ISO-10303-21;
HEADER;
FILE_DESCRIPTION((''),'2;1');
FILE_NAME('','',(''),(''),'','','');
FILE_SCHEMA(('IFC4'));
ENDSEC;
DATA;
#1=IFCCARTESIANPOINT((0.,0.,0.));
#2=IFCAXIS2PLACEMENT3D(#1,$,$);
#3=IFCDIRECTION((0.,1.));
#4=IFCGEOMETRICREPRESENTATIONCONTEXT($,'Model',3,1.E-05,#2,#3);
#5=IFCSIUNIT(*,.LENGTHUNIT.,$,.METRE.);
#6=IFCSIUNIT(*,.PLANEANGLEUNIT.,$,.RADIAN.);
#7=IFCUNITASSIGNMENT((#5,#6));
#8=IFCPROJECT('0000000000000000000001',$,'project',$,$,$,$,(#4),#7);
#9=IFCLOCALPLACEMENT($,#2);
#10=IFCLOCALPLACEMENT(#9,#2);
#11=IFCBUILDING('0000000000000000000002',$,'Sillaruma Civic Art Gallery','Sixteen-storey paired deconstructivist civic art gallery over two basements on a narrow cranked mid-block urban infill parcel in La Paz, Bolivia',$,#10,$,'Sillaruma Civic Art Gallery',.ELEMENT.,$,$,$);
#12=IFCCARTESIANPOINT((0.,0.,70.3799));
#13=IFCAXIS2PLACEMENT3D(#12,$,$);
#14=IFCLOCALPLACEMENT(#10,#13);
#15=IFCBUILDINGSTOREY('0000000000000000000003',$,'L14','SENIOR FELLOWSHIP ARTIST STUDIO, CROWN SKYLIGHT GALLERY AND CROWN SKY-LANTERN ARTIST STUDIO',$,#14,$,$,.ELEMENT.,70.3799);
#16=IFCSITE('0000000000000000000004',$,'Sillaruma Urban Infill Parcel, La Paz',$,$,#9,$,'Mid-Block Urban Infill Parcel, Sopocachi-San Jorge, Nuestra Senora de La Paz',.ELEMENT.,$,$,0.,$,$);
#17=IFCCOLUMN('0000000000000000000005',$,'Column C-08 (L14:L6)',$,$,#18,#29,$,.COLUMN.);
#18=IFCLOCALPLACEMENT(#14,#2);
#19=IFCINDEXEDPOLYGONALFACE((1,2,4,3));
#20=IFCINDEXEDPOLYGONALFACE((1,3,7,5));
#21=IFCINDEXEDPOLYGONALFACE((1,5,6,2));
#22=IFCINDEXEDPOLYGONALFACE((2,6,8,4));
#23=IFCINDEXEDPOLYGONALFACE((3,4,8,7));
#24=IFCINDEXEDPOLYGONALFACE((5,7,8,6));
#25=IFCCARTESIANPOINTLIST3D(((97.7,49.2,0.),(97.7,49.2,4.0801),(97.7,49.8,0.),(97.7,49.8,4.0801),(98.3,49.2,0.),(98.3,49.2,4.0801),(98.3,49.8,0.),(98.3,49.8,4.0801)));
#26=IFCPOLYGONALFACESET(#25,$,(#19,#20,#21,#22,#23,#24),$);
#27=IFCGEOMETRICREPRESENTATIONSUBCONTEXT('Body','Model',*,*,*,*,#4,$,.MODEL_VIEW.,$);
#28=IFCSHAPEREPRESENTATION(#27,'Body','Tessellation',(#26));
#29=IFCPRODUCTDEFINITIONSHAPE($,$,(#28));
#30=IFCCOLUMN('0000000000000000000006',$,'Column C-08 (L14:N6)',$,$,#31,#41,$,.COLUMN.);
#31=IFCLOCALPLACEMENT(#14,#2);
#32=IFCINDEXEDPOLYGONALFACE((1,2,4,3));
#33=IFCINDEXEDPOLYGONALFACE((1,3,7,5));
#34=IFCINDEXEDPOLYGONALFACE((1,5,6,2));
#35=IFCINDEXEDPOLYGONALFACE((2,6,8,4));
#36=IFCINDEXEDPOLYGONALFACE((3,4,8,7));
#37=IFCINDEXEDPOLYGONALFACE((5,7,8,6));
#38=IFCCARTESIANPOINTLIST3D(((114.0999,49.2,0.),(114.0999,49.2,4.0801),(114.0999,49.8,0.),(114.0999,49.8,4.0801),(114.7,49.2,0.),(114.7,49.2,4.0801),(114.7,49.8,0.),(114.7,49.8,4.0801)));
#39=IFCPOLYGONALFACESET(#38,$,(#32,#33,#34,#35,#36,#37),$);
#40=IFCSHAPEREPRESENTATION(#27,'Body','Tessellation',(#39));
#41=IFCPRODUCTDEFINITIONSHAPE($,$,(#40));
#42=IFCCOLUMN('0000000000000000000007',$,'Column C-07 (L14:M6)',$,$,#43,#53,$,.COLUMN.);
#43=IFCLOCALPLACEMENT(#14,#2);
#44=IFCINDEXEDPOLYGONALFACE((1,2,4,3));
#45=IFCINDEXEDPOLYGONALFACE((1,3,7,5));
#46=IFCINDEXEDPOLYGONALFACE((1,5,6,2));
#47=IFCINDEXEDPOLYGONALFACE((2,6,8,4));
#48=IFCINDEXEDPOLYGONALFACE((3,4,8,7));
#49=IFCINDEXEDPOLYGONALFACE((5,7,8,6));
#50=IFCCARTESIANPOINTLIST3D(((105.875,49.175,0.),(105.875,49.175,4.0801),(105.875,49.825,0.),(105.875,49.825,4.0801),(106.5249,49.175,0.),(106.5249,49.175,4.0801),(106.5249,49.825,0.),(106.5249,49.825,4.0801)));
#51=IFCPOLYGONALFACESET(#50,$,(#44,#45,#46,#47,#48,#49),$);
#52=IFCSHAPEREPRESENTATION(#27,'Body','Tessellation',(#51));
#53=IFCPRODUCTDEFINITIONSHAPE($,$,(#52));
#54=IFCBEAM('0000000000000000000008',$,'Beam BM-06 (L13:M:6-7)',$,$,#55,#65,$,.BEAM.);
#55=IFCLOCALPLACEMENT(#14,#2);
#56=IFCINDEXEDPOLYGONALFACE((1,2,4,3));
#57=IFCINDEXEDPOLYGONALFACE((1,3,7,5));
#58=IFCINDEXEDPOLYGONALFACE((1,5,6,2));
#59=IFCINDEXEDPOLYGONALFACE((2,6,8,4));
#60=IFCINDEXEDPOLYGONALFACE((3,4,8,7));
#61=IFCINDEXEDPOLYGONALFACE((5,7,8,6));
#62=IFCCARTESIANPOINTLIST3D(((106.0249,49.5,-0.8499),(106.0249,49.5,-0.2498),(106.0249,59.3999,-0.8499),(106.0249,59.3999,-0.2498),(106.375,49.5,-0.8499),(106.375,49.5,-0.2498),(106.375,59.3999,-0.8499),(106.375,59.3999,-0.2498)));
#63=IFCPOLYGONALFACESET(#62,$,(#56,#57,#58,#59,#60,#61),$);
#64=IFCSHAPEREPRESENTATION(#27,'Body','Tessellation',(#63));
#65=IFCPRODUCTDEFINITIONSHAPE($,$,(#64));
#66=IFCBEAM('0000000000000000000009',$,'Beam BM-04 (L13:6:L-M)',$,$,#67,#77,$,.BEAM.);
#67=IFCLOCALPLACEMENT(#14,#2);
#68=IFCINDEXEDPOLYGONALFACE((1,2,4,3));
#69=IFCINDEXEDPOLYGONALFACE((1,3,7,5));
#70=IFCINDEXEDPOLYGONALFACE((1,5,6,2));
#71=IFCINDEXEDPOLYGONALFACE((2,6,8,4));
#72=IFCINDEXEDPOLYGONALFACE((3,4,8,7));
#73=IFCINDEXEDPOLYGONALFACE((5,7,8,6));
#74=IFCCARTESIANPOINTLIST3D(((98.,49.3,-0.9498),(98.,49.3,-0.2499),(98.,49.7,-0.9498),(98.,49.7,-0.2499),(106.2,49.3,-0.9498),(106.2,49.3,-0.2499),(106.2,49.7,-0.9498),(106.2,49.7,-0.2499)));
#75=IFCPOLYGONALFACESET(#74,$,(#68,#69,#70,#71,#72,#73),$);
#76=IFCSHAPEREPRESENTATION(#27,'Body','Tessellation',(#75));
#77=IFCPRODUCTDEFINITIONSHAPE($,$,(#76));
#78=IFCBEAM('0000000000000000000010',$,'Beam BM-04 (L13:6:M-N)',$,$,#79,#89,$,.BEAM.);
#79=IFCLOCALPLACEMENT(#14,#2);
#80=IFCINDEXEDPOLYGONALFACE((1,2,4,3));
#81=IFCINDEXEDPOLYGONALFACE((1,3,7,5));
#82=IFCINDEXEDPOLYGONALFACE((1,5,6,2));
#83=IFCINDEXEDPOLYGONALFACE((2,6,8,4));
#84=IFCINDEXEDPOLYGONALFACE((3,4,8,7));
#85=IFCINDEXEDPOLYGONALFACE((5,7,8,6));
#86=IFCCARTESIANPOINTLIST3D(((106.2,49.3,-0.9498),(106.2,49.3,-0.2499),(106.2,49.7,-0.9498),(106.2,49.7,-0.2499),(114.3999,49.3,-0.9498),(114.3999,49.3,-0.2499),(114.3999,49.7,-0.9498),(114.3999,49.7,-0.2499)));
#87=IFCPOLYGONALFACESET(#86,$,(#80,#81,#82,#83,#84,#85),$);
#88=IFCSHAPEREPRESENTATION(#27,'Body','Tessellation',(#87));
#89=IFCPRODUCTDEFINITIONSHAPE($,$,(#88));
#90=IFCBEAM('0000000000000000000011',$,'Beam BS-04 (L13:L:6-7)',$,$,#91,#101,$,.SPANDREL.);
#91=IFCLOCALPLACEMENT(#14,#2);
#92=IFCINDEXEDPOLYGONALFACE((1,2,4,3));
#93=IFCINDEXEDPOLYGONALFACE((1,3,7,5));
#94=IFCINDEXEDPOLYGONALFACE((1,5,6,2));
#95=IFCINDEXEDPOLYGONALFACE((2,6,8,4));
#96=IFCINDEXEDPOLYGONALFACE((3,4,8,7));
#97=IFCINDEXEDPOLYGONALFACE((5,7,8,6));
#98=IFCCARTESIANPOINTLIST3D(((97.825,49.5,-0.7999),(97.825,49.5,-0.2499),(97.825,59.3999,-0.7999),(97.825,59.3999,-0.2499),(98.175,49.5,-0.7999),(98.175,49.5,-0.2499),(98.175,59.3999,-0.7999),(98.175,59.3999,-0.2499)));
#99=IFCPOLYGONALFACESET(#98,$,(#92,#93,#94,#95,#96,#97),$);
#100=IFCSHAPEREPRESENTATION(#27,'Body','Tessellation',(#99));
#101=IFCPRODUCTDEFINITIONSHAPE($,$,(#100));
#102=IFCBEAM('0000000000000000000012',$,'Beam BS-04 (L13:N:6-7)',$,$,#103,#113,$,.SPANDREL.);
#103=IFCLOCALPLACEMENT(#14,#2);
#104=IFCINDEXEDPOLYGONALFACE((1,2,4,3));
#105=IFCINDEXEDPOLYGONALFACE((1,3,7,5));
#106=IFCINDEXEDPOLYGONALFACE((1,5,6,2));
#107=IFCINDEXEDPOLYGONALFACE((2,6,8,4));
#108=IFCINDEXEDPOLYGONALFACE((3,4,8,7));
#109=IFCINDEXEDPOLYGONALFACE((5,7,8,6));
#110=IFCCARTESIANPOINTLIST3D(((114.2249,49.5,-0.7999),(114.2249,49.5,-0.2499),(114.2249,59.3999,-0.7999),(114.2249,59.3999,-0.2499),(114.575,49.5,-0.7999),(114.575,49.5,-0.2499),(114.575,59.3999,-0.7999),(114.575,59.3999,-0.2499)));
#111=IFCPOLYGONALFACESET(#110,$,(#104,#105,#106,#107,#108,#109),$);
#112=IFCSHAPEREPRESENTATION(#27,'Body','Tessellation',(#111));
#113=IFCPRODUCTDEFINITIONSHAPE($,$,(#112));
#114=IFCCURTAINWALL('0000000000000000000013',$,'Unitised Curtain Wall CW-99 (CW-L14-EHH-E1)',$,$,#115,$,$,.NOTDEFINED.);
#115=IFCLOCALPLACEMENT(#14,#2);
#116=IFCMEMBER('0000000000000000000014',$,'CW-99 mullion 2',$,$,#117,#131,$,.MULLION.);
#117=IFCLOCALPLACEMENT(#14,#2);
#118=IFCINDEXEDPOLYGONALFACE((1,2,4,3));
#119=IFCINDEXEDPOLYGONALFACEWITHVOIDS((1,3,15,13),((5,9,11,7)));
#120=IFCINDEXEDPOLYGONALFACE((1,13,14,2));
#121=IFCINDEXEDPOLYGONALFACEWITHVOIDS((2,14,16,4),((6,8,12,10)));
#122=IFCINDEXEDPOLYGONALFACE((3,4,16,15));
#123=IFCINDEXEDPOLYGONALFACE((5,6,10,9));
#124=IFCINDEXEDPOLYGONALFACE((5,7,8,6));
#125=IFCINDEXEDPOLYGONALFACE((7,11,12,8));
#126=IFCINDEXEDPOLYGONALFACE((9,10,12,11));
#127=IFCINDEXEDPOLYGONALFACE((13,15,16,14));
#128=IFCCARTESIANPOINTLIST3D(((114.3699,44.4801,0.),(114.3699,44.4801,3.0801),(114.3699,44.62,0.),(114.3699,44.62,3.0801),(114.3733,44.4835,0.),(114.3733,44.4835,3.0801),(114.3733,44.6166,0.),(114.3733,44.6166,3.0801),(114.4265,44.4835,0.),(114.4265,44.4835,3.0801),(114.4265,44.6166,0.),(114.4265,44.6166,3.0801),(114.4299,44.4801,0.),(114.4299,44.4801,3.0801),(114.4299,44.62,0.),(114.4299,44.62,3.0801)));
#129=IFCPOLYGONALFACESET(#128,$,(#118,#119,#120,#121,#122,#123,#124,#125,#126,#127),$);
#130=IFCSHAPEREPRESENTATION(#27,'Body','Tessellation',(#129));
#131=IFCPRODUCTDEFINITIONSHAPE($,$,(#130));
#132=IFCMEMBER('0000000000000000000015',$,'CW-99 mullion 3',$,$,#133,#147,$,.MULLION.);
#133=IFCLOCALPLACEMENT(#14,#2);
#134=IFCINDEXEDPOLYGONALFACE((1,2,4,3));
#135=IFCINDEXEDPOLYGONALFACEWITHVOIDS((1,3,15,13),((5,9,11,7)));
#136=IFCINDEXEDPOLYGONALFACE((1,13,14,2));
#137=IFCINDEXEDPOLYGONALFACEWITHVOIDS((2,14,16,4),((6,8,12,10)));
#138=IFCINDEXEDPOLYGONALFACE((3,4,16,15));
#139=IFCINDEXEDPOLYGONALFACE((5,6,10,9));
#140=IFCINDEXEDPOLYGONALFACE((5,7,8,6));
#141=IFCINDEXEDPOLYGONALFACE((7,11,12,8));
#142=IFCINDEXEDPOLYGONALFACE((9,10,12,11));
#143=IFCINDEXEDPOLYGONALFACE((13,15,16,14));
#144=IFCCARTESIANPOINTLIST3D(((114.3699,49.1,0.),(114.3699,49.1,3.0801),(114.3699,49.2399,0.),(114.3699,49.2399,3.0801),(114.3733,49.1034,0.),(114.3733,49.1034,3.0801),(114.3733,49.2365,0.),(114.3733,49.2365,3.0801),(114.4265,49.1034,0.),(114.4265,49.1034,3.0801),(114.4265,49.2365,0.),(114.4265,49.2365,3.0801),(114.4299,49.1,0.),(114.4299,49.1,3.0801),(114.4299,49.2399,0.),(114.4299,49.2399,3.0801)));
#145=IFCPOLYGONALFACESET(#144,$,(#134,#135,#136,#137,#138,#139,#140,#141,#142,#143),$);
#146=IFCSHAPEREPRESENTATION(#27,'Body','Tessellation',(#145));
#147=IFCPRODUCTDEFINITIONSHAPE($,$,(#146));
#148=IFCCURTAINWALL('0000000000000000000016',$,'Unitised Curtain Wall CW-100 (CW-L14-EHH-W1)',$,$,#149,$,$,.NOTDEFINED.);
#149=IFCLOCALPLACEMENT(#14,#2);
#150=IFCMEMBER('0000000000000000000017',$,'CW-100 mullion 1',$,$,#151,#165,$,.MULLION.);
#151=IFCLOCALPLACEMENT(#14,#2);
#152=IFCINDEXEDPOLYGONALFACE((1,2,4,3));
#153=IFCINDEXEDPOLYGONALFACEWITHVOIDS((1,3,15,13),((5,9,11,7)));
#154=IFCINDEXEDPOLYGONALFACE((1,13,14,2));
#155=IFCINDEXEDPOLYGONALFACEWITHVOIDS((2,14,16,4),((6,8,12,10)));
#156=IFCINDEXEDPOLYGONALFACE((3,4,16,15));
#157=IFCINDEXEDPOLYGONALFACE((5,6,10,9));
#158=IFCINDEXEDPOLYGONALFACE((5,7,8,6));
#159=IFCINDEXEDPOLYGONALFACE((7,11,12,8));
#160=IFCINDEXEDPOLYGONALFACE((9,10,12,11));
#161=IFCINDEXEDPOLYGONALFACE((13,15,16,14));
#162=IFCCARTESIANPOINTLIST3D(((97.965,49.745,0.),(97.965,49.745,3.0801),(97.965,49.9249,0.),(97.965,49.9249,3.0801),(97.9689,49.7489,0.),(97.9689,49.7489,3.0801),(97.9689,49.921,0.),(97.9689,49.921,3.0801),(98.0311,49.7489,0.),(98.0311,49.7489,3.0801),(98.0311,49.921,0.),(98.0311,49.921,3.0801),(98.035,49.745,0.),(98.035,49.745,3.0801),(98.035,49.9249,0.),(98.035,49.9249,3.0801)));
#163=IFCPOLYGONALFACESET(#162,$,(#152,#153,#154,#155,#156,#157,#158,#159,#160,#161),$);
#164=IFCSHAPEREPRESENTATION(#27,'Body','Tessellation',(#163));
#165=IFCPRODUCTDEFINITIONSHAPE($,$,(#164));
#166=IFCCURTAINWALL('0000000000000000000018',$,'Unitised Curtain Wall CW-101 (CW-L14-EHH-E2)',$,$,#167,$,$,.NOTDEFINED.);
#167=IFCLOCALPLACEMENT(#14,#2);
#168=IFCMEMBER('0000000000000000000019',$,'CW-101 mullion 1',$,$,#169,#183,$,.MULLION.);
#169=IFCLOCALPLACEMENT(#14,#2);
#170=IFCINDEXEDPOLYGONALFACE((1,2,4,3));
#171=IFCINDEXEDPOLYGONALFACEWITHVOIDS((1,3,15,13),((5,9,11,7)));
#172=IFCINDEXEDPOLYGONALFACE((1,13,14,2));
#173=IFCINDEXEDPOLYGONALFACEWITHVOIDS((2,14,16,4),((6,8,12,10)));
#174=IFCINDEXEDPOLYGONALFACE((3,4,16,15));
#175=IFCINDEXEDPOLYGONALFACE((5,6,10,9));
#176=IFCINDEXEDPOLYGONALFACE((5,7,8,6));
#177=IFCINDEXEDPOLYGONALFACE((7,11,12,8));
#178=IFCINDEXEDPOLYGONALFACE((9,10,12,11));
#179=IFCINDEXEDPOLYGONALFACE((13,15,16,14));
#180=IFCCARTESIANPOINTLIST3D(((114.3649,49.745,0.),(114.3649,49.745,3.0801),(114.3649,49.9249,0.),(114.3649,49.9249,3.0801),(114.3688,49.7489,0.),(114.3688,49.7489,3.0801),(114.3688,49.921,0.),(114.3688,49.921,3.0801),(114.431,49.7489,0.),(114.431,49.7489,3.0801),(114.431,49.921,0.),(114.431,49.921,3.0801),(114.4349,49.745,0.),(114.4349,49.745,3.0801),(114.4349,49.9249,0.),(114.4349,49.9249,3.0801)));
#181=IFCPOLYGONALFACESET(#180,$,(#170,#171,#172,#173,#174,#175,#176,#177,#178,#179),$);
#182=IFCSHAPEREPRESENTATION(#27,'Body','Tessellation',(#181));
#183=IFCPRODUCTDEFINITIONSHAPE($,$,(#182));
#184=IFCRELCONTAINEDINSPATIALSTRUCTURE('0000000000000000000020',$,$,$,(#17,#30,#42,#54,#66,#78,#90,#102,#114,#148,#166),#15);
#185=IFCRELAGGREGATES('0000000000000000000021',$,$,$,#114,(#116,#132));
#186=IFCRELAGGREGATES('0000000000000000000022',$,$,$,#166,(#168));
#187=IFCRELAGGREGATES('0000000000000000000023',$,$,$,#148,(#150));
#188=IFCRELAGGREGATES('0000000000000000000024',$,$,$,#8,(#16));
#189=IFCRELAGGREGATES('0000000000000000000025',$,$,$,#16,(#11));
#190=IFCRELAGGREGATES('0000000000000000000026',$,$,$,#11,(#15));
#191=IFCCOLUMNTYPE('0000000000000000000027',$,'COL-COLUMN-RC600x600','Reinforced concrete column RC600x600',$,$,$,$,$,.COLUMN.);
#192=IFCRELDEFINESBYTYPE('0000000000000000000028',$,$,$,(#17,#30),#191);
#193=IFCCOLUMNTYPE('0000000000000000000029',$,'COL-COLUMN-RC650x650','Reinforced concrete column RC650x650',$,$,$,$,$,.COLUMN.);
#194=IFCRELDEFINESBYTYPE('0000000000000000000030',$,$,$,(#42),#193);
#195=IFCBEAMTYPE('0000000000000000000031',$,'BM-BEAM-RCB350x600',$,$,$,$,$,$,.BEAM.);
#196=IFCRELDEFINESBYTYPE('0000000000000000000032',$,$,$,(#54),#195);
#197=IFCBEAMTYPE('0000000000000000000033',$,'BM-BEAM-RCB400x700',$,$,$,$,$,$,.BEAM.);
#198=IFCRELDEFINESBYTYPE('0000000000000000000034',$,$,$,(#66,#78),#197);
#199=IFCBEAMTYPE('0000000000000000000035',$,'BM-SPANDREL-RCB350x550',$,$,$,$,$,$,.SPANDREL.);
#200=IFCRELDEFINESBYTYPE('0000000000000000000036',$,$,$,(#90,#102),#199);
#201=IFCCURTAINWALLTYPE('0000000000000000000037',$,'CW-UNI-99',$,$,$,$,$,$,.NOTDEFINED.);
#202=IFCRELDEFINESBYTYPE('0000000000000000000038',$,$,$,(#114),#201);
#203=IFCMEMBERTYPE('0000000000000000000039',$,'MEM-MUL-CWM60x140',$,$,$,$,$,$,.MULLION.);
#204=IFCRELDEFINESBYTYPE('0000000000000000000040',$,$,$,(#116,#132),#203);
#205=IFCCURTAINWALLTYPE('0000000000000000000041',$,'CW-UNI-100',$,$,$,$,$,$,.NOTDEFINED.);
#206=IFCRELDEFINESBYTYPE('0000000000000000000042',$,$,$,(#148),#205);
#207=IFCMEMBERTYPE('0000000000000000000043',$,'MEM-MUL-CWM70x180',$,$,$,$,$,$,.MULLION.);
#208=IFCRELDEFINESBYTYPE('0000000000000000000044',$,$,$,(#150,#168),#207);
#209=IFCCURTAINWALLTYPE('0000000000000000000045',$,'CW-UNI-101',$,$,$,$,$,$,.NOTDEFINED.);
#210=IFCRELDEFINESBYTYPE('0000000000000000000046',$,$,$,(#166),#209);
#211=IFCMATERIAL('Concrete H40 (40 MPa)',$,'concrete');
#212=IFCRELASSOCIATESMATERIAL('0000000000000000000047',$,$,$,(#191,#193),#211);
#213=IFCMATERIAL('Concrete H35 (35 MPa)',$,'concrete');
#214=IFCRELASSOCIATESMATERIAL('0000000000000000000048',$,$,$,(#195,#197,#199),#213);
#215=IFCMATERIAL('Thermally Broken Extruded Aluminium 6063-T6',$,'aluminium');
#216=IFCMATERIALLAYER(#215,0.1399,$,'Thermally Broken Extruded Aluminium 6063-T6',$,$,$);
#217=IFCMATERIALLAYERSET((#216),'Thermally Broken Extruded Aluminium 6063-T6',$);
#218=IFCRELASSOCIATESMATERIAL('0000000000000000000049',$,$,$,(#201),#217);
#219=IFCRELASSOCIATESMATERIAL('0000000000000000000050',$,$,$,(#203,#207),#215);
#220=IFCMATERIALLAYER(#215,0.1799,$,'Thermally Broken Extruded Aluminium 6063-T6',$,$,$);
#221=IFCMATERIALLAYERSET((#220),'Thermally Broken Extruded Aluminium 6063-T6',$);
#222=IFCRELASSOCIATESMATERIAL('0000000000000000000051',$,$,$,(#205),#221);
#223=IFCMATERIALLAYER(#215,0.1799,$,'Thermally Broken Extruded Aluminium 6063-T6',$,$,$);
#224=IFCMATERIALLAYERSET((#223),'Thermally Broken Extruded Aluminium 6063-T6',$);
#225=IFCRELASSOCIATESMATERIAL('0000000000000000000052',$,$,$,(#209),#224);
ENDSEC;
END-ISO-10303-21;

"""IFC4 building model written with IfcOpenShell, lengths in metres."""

from ifc_helpers import new_model, si_unit, direction, frame, origin, origin_2d, place, context, subcontext, project, spatial, rectangle, hollow_rectangle, extrude, material, layer, layer_set, material_profile, profile_set, type_object, element, aggregate, save


model = new_model("IFC4")

# Units and contexts
model_context = context("Model", 3, precision=1e-05, world=origin(), true_north=direction((0.0, 1.0)))
body_context = subcontext(model_context, "Body", "Model", "MODEL_VIEW")
ifc_project = project(units=[si_unit("LENGTHUNIT", "METRE"), si_unit("PLANEANGLEUNIT", "RADIAN")], contexts=[model_context])

# Site, building, storey
site_placement = place(None, origin())
site = spatial("IfcSite", under=ifc_project, at=site_placement, Name="Sillaruma Urban Infill Parcel, La Paz", LongName="Mid-Block Urban Infill Parcel, Sopocachi-San Jorge, Nuestra Senora de La Paz", CompositionType="ELEMENT", RefElevation=0.0)
building_placement = place(site_placement, origin())
building = spatial("IfcBuilding", under=site, at=building_placement, Name="Sillaruma Civic Art Gallery", Description="Sixteen-storey paired deconstructivist civic art gallery over two basements on a narrow cranked mid-block urban infill parcel in La Paz, Bolivia", LongName="Sillaruma Civic Art Gallery", CompositionType="ELEMENT")
storey_placement = place(building_placement, frame((0.0, 0.0, 70.3799)))
storey = spatial("IfcBuildingStorey", under=building, at=storey_placement, Name="L14", Description="SENIOR FELLOWSHIP ARTIST STUDIO, CROWN SKYLIGHT GALLERY AND CROWN SKY-LANTERN ARTIST STUDIO", CompositionType="ELEMENT", Elevation=70.3799)

# Columns
ifc_material_1 = material(Name="Concrete H40 (40 MPa)", Category="concrete")
ifc_material_profile_1 = material_profile(ifc_material_1, rectangle(XDim=0.6001, YDim=0.6001, at=origin_2d()), Name="RC600x600")
ifc_profile_set_1 = profile_set([ifc_material_profile_1], Name="Concrete H40 (40 MPa)")
column_type_1 = type_object("IfcColumnType", Name="COL-COLUMN-RC600x600", Description="Reinforced concrete column RC600x600", PredefinedType="COLUMN", material=ifc_profile_set_1)
for number, where, z_axis, x_axis, name in (
    (1, (98.0, 49.5, 0.0), (0.0, 0.0, 1.0), (1.0, 0.0, 0.0), "Column C-08 (L14:L6)"),
    (2, (114.3999, 49.5, 0.0), (0.0, 0.0, 1.0), (1.0, 0.0, 0.0), "Column C-08 (L14:N6)"),
):
    element("IfcColumn", number, at=place(storey_placement, frame(where, z_axis=z_axis, x_axis=x_axis)), inside=storey, type_object=column_type_1, Name=name, PredefinedType="COLUMN", context=body_context, shape_type="SweptSolid", body=[
        extrude(rectangle(XDim=0.6001, YDim=0.6001, at=origin_2d()), origin(), (0.0, 0.0, 1.0), 4.0801),
    ])
ifc_material_profile_2 = material_profile(ifc_material_1, rectangle(XDim=0.6499, YDim=0.6499, at=origin_2d()), Name="RC650x650")
ifc_profile_set_2 = profile_set([ifc_material_profile_2], Name="Concrete H40 (40 MPa)")
column_type_2 = type_object("IfcColumnType", Name="COL-COLUMN-RC650x650", Description="Reinforced concrete column RC650x650", PredefinedType="COLUMN", material=ifc_profile_set_2)
column_placement = place(storey_placement, frame((106.2, 49.5, 0.0), z_axis=(0.0, 0.0, 1.0), x_axis=(1.0, 0.0, 0.0)))
element("IfcColumn", 3, at=column_placement, inside=storey, type_object=column_type_2, Name="Column C-07 (L14:M6)", PredefinedType="COLUMN", context=body_context, shape_type="SweptSolid", body=[
    extrude(rectangle(XDim=0.6499, YDim=0.6499, at=origin_2d()), origin(), (0.0, 0.0, 1.0), 4.0801),
])

# Beams
ifc_material_2 = material(Name="Concrete H35 (35 MPa)", Category="concrete")
ifc_material_profile_3 = material_profile(ifc_material_2, rectangle(XDim=0.3501, YDim=0.6001, at=origin_2d()), Name="RCB350x600")
ifc_profile_set_3 = profile_set([ifc_material_profile_3], Name="Concrete H35 (35 MPa)")
beam_type_1 = type_object("IfcBeamType", Name="BM-BEAM-RCB350x600", PredefinedType="BEAM", material=ifc_profile_set_3)
beam_placement = place(storey_placement, frame((106.2, 49.5, -0.5498), z_axis=(0.0, 1.0, 0.0), x_axis=(-1.0, 0.0, 0.0)))
element("IfcBeam", 4, at=beam_placement, inside=storey, type_object=beam_type_1, Name="Beam BM-06 (L13:M:6-7)", PredefinedType="BEAM", context=body_context, shape_type="SweptSolid", body=[
    extrude(rectangle(XDim=0.3501, YDim=0.6001, at=origin_2d()), origin(), (0.0, 0.0, 1.0), 9.8999),
])
ifc_material_profile_4 = material_profile(ifc_material_2, rectangle(XDim=0.3999, YDim=0.7, at=origin_2d()), Name="RCB400x700")
ifc_profile_set_4 = profile_set([ifc_material_profile_4], Name="Concrete H35 (35 MPa)")
beam_type_2 = type_object("IfcBeamType", Name="BM-BEAM-RCB400x700", PredefinedType="BEAM", material=ifc_profile_set_4)
for number, where, z_axis, x_axis, name in (
    (5, (98.0, 49.5, -0.5999), (1.0, 0.0, 0.0), (0.0, 1.0, 0.0), "Beam BM-04 (L13:6:L-M)"),
    (6, (106.2, 49.5, -0.5999), (1.0, 0.0, 0.0), (0.0, 1.0, 0.0), "Beam BM-04 (L13:6:M-N)"),
):
    element("IfcBeam", number, at=place(storey_placement, frame(where, z_axis=z_axis, x_axis=x_axis)), inside=storey, type_object=beam_type_2, Name=name, PredefinedType="BEAM", context=body_context, shape_type="SweptSolid", body=[
        extrude(rectangle(XDim=0.3999, YDim=0.7, at=origin_2d()), origin(), (0.0, 0.0, 1.0), 8.2),
    ])
ifc_material_profile_5 = material_profile(ifc_material_2, rectangle(XDim=0.3501, YDim=0.55, at=origin_2d()), Name="RCB350x550")
ifc_profile_set_5 = profile_set([ifc_material_profile_5], Name="Concrete H35 (35 MPa)")
beam_type_3 = type_object("IfcBeamType", Name="BM-SPANDREL-RCB350x550", PredefinedType="SPANDREL", material=ifc_profile_set_5)
for number, where, z_axis, x_axis, name in (
    (7, (98.0, 49.5, -0.5249), (0.0, 1.0, 0.0), (-1.0, 0.0, 0.0), "Beam BS-04 (L13:L:6-7)"),
    (8, (114.3999, 49.5, -0.5249), (0.0, 1.0, 0.0), (-1.0, 0.0, 0.0), "Beam BS-04 (L13:N:6-7)"),
):
    element("IfcBeam", number, at=place(storey_placement, frame(where, z_axis=z_axis, x_axis=x_axis)), inside=storey, type_object=beam_type_3, Name=name, PredefinedType="SPANDREL", context=body_context, shape_type="SweptSolid", body=[
        extrude(rectangle(XDim=0.3501, YDim=0.55, at=origin_2d()), origin(), (0.0, 0.0, 1.0), 9.8999),
    ])

# Curtain wall, members
ifc_material_3 = material(Name="Thermally Broken Extruded Aluminium 6063-T6", Category="aluminium")
ifc_layer_1 = layer(ifc_material_3, 0.1399, Name="Thermally Broken Extruded Aluminium 6063-T6")
ifc_layer_set_1 = layer_set([ifc_layer_1], Name="Thermally Broken Extruded Aluminium 6063-T6")
curtain_wall_type_1 = type_object("IfcCurtainWallType", Name="CW-UNI-99", PredefinedType="NOTDEFINED", material=ifc_layer_set_1)
curtain_wall_1_placement = place(storey_placement, origin())
curtain_wall_1 = element("IfcCurtainWall", 9, at=curtain_wall_1_placement, inside=storey, type_object=curtain_wall_type_1, Name="Unitised Curtain Wall CW-99 (CW-L14-EHH-E1)", PredefinedType="NOTDEFINED")
ifc_material_profile_6 = material_profile(ifc_material_3, hollow_rectangle(XDim=0.0601, YDim=0.1399, WallThickness=0.0034, at=origin_2d()), Name="CWM60x140")
ifc_profile_set_6 = profile_set([ifc_material_profile_6], Name="Thermally Broken Extruded Aluminium 6063-T6")
member_type_1 = type_object("IfcMemberType", Name="MEM-MUL-CWM60x140", PredefinedType="MULLION", material=ifc_profile_set_6)
member_1_placement = place(storey_placement, frame((114.3999, 44.55, 0.0), z_axis=(0.0, 0.0, 1.0), x_axis=(-1.0, 0.0, 0.0)))
member_1 = element("IfcMember", 10, at=member_1_placement, type_object=member_type_1, Name="CW-99 mullion 2", PredefinedType="MULLION", context=body_context, shape_type="SweptSolid", body=[
    extrude(hollow_rectangle(XDim=0.0601, YDim=0.1399, WallThickness=0.0034, at=origin_2d()), origin(), (0.0, 0.0, 1.0), 3.0801),
])
member_2_placement = place(storey_placement, frame((114.3999, 49.1699, 0.0), z_axis=(0.0, 0.0, 1.0), x_axis=(-1.0, 0.0, 0.0)))
member_2 = element("IfcMember", 11, at=member_2_placement, type_object=member_type_1, Name="CW-99 mullion 3", PredefinedType="MULLION", context=body_context, shape_type="SweptSolid", body=[
    extrude(hollow_rectangle(XDim=0.0601, YDim=0.1399, WallThickness=0.0034, at=origin_2d()), origin(), (0.0, 0.0, 1.0), 3.0801),
])

# Curtain walls, members
ifc_layer_2 = layer(ifc_material_3, 0.1799, Name="Thermally Broken Extruded Aluminium 6063-T6")
ifc_layer_set_2 = layer_set([ifc_layer_2], Name="Thermally Broken Extruded Aluminium 6063-T6")
curtain_wall_type_2 = type_object("IfcCurtainWallType", Name="CW-UNI-100", PredefinedType="NOTDEFINED", material=ifc_layer_set_2)
curtain_wall_2_placement = place(storey_placement, origin())
curtain_wall_2 = element("IfcCurtainWall", 12, at=curtain_wall_2_placement, inside=storey, type_object=curtain_wall_type_2, Name="Unitised Curtain Wall CW-100 (CW-L14-EHH-W1)", PredefinedType="NOTDEFINED")
ifc_material_profile_7 = material_profile(ifc_material_3, hollow_rectangle(XDim=0.0701, YDim=0.1799, WallThickness=0.0039, at=origin_2d()), Name="CWM70x180")
ifc_profile_set_7 = profile_set([ifc_material_profile_7], Name="Thermally Broken Extruded Aluminium 6063-T6")
member_type_2 = type_object("IfcMemberType", Name="MEM-MUL-CWM70x180", PredefinedType="MULLION", material=ifc_profile_set_7)
member_3_placement = place(storey_placement, frame((98.0, 49.835, 0.0), z_axis=(0.0, 0.0, 1.0), x_axis=(-1.0, 0.0, 0.0)))
member_3 = element("IfcMember", 13, at=member_3_placement, type_object=member_type_2, Name="CW-100 mullion 1", PredefinedType="MULLION", context=body_context, shape_type="SweptSolid", body=[
    extrude(hollow_rectangle(XDim=0.0701, YDim=0.1799, WallThickness=0.0039, at=origin_2d()), origin(), (0.0, 0.0, 1.0), 3.0801),
])
ifc_layer_3 = layer(ifc_material_3, 0.1799, Name="Thermally Broken Extruded Aluminium 6063-T6")
ifc_layer_set_3 = layer_set([ifc_layer_3], Name="Thermally Broken Extruded Aluminium 6063-T6")
curtain_wall_type_3 = type_object("IfcCurtainWallType", Name="CW-UNI-101", PredefinedType="NOTDEFINED", material=ifc_layer_set_3)
curtain_wall_3_placement = place(storey_placement, origin())
curtain_wall_3 = element("IfcCurtainWall", 14, at=curtain_wall_3_placement, inside=storey, type_object=curtain_wall_type_3, Name="Unitised Curtain Wall CW-101 (CW-L14-EHH-E2)", PredefinedType="NOTDEFINED")
member_4_placement = place(storey_placement, frame((114.3999, 49.835, 0.0), z_axis=(0.0, 0.0, 1.0), x_axis=(-1.0, 0.0, 0.0)))
member_4 = element("IfcMember", 15, at=member_4_placement, type_object=member_type_2, Name="CW-101 mullion 1", PredefinedType="MULLION", context=body_context, shape_type="SweptSolid", body=[
    extrude(hollow_rectangle(XDim=0.0701, YDim=0.1799, WallThickness=0.0039, at=origin_2d()), origin(), (0.0, 0.0, 1.0), 3.0801),
])

aggregate(curtain_wall_1, [member_1, member_2])
aggregate(curtain_wall_3, [member_4])
aggregate(curtain_wall_2, [member_3])

save(model, "model.ifc")
